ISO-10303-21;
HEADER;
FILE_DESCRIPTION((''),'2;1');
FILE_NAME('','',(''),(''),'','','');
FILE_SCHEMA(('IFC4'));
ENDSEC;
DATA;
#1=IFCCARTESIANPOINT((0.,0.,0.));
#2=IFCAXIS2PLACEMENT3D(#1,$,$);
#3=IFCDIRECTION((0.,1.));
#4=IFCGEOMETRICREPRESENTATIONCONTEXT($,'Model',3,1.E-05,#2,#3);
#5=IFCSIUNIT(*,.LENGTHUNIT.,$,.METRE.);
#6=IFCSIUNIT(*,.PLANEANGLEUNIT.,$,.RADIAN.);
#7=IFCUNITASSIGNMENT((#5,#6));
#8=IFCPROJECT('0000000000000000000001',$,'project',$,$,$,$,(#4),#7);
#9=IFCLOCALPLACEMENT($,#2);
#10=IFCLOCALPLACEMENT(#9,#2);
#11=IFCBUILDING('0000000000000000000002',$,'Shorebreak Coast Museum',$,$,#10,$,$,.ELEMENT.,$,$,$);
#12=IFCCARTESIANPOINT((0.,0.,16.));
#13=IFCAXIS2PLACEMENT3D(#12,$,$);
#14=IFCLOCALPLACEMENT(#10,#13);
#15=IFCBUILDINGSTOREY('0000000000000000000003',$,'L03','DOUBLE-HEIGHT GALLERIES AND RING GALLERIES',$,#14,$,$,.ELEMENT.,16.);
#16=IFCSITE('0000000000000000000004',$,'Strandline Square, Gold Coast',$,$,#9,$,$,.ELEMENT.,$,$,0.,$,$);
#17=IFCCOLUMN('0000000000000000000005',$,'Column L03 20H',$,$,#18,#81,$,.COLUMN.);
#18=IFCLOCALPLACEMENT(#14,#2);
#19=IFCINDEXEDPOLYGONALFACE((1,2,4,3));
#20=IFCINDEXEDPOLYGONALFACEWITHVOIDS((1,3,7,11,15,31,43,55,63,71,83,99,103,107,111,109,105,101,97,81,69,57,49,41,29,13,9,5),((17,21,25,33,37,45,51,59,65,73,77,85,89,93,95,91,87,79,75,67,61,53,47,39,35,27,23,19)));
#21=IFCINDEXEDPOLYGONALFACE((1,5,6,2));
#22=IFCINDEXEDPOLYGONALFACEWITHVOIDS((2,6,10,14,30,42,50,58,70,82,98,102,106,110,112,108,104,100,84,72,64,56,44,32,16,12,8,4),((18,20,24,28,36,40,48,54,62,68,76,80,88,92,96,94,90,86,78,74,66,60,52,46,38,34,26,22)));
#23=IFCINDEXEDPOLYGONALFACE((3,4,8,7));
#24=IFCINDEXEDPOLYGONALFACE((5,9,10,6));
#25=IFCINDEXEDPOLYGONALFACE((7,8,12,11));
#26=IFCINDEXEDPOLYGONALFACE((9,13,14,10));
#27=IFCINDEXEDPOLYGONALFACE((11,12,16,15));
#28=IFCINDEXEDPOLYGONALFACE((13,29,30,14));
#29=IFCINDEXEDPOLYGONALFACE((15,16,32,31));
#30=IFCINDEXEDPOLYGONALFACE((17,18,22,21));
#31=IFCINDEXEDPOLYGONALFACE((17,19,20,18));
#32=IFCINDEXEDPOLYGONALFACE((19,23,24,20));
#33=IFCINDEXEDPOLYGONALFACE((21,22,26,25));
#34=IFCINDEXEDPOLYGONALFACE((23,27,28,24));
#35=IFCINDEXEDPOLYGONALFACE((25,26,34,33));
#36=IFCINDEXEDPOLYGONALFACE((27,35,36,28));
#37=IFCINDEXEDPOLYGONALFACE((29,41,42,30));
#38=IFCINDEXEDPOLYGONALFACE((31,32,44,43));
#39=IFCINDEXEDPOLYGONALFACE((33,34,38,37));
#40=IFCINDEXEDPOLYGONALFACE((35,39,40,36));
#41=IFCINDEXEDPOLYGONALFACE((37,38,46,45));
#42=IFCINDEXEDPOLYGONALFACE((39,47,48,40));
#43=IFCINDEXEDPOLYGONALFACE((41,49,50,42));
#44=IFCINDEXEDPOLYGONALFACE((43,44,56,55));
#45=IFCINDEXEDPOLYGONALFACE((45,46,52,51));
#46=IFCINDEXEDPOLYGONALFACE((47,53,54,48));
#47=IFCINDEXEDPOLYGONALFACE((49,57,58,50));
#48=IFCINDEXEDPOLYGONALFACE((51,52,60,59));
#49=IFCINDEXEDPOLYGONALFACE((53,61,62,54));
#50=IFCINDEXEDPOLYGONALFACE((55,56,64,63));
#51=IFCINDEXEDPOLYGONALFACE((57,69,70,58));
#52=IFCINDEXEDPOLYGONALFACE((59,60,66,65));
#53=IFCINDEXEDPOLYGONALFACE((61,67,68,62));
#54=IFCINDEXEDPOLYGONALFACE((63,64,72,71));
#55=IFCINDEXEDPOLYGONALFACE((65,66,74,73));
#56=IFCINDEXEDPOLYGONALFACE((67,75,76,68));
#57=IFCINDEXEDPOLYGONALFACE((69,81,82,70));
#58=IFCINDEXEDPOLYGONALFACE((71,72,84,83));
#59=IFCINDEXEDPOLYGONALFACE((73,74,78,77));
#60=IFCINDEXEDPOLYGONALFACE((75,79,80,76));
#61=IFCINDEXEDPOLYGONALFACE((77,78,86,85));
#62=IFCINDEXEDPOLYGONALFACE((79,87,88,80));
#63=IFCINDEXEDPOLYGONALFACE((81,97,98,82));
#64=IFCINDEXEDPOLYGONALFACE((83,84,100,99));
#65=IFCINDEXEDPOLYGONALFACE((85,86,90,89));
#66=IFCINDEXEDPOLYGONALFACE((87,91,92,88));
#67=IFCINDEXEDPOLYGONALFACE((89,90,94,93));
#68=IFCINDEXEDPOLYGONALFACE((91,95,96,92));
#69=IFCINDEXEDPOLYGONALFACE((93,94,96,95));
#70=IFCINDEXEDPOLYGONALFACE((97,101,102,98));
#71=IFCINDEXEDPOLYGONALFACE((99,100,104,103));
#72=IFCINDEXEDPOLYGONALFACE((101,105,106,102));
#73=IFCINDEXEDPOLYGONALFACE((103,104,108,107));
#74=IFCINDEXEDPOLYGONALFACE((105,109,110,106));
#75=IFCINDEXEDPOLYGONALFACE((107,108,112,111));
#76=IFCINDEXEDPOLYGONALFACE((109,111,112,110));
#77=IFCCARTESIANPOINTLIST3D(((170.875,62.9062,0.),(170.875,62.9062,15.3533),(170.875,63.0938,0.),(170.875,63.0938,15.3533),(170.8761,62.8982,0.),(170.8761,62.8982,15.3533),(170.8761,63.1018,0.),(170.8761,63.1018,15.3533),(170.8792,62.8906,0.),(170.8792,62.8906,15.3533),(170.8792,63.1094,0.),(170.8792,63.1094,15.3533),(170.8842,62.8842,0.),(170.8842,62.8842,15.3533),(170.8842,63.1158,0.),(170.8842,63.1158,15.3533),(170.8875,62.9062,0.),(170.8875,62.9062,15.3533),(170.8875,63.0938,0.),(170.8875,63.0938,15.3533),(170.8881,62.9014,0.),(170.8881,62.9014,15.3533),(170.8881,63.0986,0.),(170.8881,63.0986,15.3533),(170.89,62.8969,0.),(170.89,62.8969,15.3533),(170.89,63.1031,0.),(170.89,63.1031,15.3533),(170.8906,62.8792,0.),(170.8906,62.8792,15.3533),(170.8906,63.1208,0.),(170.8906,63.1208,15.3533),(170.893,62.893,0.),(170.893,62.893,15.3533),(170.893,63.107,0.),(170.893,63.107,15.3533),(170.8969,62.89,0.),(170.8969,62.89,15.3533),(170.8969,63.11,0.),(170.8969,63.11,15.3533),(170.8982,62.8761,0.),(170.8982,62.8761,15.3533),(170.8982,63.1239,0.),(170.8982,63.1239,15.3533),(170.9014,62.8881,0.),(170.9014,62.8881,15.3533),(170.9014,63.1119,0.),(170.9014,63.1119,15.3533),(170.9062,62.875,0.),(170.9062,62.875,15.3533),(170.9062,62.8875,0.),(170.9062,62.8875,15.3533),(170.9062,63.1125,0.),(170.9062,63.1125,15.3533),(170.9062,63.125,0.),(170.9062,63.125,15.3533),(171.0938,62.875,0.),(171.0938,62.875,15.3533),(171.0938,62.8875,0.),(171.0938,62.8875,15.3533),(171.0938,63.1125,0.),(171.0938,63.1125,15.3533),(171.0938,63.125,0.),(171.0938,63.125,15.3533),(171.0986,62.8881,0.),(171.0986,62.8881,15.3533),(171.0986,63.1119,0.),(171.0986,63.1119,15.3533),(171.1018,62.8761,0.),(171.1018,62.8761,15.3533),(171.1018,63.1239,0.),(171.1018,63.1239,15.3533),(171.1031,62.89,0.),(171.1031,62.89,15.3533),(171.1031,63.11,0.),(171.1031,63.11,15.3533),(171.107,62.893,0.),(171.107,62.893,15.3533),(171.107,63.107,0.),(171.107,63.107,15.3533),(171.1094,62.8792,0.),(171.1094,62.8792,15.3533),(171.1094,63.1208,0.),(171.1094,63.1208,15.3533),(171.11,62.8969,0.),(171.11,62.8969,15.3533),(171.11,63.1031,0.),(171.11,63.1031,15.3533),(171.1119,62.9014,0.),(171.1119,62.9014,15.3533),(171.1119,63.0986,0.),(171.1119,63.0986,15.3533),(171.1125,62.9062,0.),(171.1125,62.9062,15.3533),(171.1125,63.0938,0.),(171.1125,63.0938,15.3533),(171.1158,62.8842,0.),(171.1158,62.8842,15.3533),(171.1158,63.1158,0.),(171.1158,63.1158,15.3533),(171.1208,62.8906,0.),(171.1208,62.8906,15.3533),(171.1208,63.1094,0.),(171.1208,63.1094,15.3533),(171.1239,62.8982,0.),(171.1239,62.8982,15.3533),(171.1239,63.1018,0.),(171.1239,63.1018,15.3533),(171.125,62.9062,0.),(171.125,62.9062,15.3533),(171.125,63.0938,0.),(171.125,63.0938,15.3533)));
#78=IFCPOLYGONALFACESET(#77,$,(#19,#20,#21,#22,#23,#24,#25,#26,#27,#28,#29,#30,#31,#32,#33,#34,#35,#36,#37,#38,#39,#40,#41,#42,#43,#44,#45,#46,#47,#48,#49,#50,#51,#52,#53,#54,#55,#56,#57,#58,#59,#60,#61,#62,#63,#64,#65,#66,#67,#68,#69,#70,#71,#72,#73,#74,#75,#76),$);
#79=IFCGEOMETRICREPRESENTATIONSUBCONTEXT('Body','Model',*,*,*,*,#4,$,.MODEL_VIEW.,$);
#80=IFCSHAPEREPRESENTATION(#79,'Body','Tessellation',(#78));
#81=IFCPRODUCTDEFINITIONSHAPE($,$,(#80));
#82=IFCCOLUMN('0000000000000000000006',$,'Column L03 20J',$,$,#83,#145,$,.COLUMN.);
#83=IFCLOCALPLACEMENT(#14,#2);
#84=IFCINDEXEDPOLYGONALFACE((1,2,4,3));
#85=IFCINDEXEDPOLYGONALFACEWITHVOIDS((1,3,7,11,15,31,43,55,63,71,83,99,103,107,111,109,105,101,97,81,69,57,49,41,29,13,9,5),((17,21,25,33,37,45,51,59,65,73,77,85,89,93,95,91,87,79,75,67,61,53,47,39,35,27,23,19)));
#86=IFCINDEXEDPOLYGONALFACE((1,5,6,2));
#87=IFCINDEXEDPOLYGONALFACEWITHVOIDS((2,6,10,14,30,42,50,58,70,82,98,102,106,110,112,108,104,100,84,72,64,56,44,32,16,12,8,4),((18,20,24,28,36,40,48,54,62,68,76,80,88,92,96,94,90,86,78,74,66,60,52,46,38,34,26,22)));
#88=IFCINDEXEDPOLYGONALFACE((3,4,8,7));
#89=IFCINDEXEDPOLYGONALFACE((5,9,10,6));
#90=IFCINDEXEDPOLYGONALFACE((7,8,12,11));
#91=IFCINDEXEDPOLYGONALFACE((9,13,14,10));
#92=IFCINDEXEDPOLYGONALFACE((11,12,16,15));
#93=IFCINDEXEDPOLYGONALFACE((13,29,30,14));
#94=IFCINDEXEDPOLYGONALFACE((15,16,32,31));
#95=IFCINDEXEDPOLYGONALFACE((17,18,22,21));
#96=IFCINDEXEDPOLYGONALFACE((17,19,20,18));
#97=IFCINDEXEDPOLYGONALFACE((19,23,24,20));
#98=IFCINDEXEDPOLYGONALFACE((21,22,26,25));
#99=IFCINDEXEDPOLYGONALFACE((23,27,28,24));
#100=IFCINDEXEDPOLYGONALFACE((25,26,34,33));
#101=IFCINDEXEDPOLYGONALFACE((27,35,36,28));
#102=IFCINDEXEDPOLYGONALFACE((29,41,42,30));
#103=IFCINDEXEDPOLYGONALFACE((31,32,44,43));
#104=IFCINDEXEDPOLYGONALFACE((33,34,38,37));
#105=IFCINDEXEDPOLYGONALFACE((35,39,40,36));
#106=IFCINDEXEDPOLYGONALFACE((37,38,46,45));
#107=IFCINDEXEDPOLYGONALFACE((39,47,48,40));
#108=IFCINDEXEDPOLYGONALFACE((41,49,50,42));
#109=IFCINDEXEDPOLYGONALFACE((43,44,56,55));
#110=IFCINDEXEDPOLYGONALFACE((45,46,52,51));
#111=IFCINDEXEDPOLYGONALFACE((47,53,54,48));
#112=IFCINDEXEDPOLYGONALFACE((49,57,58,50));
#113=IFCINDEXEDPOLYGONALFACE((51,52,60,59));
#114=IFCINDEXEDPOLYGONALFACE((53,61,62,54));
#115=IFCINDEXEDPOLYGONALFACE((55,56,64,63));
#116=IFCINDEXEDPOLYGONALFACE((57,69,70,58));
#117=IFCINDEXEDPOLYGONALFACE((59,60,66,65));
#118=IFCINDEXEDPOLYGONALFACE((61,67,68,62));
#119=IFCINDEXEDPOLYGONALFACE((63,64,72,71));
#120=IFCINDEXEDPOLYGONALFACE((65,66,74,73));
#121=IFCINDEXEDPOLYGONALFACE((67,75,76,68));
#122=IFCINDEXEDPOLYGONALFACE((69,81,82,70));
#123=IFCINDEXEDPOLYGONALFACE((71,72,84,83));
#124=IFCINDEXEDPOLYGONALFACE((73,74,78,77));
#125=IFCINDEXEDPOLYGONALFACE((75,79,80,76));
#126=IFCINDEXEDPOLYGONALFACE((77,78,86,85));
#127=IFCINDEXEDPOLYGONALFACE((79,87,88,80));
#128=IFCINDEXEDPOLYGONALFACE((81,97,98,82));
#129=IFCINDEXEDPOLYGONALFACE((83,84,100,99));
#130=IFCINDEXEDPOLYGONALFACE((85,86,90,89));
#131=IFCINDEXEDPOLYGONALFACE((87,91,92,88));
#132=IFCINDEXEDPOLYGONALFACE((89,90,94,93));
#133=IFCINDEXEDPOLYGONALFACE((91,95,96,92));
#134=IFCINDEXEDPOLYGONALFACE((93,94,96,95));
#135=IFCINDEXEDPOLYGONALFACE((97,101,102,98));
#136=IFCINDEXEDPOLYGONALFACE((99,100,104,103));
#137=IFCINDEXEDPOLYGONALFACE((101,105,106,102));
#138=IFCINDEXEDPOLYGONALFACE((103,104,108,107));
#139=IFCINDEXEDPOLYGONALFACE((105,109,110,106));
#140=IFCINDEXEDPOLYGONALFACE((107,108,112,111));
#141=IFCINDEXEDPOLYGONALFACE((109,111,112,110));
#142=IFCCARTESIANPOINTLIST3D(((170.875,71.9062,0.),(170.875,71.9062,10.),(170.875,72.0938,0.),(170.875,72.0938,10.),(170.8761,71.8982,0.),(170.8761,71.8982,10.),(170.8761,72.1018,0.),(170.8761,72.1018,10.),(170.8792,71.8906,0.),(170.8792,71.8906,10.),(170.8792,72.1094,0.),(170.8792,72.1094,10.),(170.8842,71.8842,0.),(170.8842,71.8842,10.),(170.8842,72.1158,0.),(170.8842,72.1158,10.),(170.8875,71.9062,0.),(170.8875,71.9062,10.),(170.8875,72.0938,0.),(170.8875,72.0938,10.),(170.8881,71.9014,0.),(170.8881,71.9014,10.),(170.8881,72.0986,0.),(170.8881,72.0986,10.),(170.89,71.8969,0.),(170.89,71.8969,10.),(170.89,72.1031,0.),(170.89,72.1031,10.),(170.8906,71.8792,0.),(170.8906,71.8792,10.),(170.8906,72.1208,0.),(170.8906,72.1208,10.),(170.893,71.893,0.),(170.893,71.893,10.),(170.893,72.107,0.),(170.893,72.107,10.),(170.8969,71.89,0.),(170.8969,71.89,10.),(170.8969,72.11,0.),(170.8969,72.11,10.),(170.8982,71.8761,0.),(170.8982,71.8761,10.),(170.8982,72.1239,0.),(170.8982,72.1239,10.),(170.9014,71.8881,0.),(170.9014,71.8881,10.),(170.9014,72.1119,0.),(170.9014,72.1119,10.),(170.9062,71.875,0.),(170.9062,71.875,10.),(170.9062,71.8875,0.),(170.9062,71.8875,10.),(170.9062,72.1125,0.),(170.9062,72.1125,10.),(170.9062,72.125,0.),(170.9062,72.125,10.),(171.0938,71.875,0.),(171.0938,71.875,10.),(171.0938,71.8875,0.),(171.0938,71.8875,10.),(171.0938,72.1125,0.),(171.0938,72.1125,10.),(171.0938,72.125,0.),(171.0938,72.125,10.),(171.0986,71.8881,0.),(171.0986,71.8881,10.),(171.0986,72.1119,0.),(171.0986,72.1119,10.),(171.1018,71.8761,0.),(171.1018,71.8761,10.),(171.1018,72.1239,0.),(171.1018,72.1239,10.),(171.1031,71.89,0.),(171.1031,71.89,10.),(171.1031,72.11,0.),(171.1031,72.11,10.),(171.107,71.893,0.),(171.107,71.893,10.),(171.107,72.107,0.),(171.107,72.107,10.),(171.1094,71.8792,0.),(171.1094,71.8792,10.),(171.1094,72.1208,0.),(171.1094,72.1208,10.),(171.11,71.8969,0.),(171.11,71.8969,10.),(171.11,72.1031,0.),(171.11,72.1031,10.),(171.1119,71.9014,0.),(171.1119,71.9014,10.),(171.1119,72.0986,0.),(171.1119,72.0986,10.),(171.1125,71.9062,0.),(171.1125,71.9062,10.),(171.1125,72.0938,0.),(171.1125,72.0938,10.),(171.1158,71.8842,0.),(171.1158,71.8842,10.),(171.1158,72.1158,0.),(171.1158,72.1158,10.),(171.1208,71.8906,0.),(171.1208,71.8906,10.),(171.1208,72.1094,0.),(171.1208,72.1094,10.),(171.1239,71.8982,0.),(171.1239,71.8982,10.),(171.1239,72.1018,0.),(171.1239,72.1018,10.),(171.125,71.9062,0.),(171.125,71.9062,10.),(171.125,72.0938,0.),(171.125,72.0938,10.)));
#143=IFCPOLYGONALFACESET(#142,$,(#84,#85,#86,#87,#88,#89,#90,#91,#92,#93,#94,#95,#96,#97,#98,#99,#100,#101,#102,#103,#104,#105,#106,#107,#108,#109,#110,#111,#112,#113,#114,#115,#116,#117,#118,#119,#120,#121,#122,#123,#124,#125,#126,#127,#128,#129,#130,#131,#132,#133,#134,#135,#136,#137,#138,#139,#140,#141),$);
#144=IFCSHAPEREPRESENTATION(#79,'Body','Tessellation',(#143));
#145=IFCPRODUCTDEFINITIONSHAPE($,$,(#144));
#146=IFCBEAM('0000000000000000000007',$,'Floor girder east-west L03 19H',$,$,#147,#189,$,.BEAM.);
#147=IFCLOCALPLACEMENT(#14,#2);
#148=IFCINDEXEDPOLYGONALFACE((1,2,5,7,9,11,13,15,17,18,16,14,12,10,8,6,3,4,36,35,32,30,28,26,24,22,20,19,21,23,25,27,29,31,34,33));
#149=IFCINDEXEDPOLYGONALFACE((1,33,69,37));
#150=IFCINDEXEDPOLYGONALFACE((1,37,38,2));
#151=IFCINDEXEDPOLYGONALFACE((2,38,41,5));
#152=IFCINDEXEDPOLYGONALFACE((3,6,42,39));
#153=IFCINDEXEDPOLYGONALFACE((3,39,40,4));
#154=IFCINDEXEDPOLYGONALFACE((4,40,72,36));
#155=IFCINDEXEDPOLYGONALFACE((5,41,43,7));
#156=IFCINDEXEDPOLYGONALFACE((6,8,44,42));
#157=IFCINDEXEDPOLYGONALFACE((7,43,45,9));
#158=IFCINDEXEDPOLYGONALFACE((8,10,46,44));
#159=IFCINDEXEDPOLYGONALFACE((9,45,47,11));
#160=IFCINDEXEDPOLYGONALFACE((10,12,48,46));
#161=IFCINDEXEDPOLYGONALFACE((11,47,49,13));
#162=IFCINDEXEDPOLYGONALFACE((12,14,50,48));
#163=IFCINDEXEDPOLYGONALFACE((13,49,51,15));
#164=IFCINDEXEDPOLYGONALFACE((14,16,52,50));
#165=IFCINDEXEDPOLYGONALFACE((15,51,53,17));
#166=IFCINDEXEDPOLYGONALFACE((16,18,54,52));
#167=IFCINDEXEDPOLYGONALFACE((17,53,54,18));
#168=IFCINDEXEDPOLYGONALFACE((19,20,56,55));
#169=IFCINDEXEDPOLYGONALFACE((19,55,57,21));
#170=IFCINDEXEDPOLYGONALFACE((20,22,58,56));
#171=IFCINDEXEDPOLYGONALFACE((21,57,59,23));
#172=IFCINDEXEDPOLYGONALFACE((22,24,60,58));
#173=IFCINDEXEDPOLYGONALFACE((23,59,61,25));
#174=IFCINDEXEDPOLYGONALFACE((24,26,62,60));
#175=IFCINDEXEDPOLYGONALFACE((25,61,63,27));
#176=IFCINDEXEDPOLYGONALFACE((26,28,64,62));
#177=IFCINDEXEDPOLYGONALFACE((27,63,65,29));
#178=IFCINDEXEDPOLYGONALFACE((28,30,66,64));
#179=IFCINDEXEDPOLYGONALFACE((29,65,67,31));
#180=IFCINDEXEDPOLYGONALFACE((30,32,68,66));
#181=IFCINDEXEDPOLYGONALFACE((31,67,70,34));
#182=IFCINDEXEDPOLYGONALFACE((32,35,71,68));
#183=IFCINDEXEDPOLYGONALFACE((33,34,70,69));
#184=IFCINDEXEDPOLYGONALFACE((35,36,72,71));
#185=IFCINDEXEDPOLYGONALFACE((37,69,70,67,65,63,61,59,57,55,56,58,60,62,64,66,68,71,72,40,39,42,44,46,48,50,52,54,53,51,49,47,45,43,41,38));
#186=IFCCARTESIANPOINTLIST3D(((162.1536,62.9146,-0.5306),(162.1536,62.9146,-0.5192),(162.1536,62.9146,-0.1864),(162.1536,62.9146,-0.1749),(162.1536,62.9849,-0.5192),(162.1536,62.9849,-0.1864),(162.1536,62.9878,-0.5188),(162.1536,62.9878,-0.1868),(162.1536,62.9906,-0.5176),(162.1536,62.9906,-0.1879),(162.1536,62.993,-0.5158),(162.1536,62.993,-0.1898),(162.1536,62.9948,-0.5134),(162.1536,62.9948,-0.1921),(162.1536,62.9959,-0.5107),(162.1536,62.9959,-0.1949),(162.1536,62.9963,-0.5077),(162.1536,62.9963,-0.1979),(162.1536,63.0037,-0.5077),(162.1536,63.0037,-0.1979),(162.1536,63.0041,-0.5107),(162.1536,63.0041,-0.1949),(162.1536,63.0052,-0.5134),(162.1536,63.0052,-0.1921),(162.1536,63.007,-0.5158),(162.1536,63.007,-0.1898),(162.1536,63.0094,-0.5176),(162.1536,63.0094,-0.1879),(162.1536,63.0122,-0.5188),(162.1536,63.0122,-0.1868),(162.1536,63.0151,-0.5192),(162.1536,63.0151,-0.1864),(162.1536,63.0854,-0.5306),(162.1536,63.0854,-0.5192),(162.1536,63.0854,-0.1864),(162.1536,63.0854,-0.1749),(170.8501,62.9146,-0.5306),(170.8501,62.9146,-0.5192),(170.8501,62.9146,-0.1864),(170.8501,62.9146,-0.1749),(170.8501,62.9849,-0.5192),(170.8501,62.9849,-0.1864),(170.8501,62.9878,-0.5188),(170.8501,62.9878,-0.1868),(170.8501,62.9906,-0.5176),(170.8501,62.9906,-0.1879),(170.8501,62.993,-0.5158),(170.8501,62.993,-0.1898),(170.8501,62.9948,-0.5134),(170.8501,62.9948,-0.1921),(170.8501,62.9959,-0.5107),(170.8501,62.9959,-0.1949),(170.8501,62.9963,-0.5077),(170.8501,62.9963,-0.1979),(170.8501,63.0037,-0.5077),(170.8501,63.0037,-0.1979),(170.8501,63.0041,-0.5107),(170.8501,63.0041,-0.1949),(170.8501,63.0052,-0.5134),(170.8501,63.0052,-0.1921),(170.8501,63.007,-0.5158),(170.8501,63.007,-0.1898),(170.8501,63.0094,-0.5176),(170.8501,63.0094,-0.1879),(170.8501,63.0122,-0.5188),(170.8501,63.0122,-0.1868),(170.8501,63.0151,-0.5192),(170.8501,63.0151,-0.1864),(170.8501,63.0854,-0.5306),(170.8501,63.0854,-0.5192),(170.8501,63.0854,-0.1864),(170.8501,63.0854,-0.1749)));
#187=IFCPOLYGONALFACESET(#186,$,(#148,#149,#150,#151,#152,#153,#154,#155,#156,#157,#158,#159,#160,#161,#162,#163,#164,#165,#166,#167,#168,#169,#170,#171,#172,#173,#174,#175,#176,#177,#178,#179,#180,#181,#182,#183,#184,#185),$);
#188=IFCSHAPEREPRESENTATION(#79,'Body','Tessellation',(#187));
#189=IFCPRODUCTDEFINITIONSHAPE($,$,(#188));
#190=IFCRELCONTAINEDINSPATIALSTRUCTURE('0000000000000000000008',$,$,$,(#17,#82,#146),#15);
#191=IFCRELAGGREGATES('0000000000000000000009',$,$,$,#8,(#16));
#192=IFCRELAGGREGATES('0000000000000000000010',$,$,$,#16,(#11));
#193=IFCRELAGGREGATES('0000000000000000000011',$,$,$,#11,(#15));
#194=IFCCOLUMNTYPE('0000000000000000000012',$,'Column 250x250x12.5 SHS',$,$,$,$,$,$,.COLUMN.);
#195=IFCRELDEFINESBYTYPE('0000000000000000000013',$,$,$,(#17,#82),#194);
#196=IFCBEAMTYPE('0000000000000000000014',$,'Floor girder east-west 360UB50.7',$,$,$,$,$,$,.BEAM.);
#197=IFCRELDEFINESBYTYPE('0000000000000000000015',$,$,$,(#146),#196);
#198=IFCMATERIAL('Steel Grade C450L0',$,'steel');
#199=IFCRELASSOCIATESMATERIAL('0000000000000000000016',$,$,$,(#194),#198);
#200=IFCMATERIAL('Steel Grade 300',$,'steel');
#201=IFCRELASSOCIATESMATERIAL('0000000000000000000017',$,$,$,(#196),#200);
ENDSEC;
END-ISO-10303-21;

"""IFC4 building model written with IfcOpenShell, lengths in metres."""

from ifc_helpers import new_model, si_unit, direction, frame, origin, origin_2d, place, context, subcontext, project, spatial, hollow_rectangle, i_section, extrude, material, material_profile, profile_set, type_object, element, save


model = new_model("IFC4")

# Units and contexts
model_context = context("Model", 3, precision=1e-05, world=origin(), true_north=direction((0.0, 1.0)))
body_context = subcontext(model_context, "Body", "Model", "MODEL_VIEW")
ifc_project = project(units=[si_unit("LENGTHUNIT", "METRE"), si_unit("PLANEANGLEUNIT", "RADIAN")], contexts=[model_context])

# Site, building, storey
site_placement = place(None, origin())
site = spatial("IfcSite", under=ifc_project, at=site_placement, Name="Strandline Square, Gold Coast", CompositionType="ELEMENT", RefElevation=0.0)
building_placement = place(site_placement, origin())
building = spatial("IfcBuilding", under=site, at=building_placement, Name="Shorebreak Coast Museum", CompositionType="ELEMENT")
storey_placement = place(building_placement, frame((0.0, 0.0, 16.0)))
storey = spatial("IfcBuildingStorey", under=building, at=storey_placement, Name="L03", Description="DOUBLE-HEIGHT GALLERIES AND RING GALLERIES", CompositionType="ELEMENT", Elevation=16.0)

# Columns
ifc_material_1 = material(Name="Steel Grade C450L0", Category="steel")
ifc_material_profile_1 = material_profile(ifc_material_1, hollow_rectangle(XDim=0.25, YDim=0.25, WallThickness=0.0125, InnerFilletRadius=0.0188, OuterFilletRadius=0.0312, at=origin_2d()), Name="250x250x12.5 SHS")
ifc_profile_set_1 = profile_set([ifc_material_profile_1], Name="Steel Grade C450L0")
column_type = type_object("IfcColumnType", Name="Column 250x250x12.5 SHS", PredefinedType="COLUMN", material=ifc_profile_set_1)
column_1_placement = place(storey_placement, frame((171.0, 63.0, 0.0), z_axis=(0.0, 0.0, 1.0), x_axis=(1.0, 0.0, 0.0)))
element("IfcColumn", 1, at=column_1_placement, inside=storey, type_object=column_type, Name="Column L03 20H", PredefinedType="COLUMN", context=body_context, shape_type="SweptSolid", body=[
    extrude(hollow_rectangle(XDim=0.25, YDim=0.25, WallThickness=0.0125, InnerFilletRadius=0.0188, OuterFilletRadius=0.0312, at=origin_2d()), origin(), (0.0, 0.0, 1.0), 15.3533),
])
column_2_placement = place(storey_placement, frame((171.0, 72.0, 0.0), z_axis=(0.0, 0.0, 1.0), x_axis=(1.0, 0.0, 0.0)))
element("IfcColumn", 2, at=column_2_placement, inside=storey, type_object=column_type, Name="Column L03 20J", PredefinedType="COLUMN", context=body_context, shape_type="SweptSolid", body=[
    extrude(hollow_rectangle(XDim=0.25, YDim=0.25, WallThickness=0.0125, InnerFilletRadius=0.0188, OuterFilletRadius=0.0312, at=origin_2d()), origin(), (0.0, 0.0, 1.0), 10.0),
])

# Beam
ifc_material_2 = material(Name="Steel Grade 300", Category="steel")
ifc_material_profile_2 = material_profile(ifc_material_2, i_section(OverallWidth=0.1709, OverallDepth=0.3557, WebThickness=0.0073, FlangeThickness=0.0115, FilletRadius=0.0115, at=origin_2d()), Name="360UB50.7")
ifc_profile_set_2 = profile_set([ifc_material_profile_2], Name="Steel Grade 300")
beam_type_1 = type_object("IfcBeamType", Name="Floor girder east-west 360UB50.7", PredefinedType="BEAM", material=ifc_profile_set_2)
for number, where, z_axis, x_axis, name in (
    (3, (162.1536, 63.0, -0.3528), (1.0, 0.0, 0.0), (0.0, 1.0, 0.0), "Floor girder east-west L03 19H"),
):
    element("IfcBeam", number, at=place(storey_placement, frame(where, z_axis=z_axis, x_axis=x_axis)), inside=storey, type_object=beam_type_1, Name=name, PredefinedType="BEAM", context=body_context, shape_type="SweptSolid", body=[
        extrude(i_section(OverallWidth=0.1709, OverallDepth=0.3557, WebThickness=0.0073, FlangeThickness=0.0115, FilletRadius=0.0115, at=origin_2d()), origin(), (0.0, 0.0, 1.0), 8.6965),
    ])

save(model, "model.ifc")
